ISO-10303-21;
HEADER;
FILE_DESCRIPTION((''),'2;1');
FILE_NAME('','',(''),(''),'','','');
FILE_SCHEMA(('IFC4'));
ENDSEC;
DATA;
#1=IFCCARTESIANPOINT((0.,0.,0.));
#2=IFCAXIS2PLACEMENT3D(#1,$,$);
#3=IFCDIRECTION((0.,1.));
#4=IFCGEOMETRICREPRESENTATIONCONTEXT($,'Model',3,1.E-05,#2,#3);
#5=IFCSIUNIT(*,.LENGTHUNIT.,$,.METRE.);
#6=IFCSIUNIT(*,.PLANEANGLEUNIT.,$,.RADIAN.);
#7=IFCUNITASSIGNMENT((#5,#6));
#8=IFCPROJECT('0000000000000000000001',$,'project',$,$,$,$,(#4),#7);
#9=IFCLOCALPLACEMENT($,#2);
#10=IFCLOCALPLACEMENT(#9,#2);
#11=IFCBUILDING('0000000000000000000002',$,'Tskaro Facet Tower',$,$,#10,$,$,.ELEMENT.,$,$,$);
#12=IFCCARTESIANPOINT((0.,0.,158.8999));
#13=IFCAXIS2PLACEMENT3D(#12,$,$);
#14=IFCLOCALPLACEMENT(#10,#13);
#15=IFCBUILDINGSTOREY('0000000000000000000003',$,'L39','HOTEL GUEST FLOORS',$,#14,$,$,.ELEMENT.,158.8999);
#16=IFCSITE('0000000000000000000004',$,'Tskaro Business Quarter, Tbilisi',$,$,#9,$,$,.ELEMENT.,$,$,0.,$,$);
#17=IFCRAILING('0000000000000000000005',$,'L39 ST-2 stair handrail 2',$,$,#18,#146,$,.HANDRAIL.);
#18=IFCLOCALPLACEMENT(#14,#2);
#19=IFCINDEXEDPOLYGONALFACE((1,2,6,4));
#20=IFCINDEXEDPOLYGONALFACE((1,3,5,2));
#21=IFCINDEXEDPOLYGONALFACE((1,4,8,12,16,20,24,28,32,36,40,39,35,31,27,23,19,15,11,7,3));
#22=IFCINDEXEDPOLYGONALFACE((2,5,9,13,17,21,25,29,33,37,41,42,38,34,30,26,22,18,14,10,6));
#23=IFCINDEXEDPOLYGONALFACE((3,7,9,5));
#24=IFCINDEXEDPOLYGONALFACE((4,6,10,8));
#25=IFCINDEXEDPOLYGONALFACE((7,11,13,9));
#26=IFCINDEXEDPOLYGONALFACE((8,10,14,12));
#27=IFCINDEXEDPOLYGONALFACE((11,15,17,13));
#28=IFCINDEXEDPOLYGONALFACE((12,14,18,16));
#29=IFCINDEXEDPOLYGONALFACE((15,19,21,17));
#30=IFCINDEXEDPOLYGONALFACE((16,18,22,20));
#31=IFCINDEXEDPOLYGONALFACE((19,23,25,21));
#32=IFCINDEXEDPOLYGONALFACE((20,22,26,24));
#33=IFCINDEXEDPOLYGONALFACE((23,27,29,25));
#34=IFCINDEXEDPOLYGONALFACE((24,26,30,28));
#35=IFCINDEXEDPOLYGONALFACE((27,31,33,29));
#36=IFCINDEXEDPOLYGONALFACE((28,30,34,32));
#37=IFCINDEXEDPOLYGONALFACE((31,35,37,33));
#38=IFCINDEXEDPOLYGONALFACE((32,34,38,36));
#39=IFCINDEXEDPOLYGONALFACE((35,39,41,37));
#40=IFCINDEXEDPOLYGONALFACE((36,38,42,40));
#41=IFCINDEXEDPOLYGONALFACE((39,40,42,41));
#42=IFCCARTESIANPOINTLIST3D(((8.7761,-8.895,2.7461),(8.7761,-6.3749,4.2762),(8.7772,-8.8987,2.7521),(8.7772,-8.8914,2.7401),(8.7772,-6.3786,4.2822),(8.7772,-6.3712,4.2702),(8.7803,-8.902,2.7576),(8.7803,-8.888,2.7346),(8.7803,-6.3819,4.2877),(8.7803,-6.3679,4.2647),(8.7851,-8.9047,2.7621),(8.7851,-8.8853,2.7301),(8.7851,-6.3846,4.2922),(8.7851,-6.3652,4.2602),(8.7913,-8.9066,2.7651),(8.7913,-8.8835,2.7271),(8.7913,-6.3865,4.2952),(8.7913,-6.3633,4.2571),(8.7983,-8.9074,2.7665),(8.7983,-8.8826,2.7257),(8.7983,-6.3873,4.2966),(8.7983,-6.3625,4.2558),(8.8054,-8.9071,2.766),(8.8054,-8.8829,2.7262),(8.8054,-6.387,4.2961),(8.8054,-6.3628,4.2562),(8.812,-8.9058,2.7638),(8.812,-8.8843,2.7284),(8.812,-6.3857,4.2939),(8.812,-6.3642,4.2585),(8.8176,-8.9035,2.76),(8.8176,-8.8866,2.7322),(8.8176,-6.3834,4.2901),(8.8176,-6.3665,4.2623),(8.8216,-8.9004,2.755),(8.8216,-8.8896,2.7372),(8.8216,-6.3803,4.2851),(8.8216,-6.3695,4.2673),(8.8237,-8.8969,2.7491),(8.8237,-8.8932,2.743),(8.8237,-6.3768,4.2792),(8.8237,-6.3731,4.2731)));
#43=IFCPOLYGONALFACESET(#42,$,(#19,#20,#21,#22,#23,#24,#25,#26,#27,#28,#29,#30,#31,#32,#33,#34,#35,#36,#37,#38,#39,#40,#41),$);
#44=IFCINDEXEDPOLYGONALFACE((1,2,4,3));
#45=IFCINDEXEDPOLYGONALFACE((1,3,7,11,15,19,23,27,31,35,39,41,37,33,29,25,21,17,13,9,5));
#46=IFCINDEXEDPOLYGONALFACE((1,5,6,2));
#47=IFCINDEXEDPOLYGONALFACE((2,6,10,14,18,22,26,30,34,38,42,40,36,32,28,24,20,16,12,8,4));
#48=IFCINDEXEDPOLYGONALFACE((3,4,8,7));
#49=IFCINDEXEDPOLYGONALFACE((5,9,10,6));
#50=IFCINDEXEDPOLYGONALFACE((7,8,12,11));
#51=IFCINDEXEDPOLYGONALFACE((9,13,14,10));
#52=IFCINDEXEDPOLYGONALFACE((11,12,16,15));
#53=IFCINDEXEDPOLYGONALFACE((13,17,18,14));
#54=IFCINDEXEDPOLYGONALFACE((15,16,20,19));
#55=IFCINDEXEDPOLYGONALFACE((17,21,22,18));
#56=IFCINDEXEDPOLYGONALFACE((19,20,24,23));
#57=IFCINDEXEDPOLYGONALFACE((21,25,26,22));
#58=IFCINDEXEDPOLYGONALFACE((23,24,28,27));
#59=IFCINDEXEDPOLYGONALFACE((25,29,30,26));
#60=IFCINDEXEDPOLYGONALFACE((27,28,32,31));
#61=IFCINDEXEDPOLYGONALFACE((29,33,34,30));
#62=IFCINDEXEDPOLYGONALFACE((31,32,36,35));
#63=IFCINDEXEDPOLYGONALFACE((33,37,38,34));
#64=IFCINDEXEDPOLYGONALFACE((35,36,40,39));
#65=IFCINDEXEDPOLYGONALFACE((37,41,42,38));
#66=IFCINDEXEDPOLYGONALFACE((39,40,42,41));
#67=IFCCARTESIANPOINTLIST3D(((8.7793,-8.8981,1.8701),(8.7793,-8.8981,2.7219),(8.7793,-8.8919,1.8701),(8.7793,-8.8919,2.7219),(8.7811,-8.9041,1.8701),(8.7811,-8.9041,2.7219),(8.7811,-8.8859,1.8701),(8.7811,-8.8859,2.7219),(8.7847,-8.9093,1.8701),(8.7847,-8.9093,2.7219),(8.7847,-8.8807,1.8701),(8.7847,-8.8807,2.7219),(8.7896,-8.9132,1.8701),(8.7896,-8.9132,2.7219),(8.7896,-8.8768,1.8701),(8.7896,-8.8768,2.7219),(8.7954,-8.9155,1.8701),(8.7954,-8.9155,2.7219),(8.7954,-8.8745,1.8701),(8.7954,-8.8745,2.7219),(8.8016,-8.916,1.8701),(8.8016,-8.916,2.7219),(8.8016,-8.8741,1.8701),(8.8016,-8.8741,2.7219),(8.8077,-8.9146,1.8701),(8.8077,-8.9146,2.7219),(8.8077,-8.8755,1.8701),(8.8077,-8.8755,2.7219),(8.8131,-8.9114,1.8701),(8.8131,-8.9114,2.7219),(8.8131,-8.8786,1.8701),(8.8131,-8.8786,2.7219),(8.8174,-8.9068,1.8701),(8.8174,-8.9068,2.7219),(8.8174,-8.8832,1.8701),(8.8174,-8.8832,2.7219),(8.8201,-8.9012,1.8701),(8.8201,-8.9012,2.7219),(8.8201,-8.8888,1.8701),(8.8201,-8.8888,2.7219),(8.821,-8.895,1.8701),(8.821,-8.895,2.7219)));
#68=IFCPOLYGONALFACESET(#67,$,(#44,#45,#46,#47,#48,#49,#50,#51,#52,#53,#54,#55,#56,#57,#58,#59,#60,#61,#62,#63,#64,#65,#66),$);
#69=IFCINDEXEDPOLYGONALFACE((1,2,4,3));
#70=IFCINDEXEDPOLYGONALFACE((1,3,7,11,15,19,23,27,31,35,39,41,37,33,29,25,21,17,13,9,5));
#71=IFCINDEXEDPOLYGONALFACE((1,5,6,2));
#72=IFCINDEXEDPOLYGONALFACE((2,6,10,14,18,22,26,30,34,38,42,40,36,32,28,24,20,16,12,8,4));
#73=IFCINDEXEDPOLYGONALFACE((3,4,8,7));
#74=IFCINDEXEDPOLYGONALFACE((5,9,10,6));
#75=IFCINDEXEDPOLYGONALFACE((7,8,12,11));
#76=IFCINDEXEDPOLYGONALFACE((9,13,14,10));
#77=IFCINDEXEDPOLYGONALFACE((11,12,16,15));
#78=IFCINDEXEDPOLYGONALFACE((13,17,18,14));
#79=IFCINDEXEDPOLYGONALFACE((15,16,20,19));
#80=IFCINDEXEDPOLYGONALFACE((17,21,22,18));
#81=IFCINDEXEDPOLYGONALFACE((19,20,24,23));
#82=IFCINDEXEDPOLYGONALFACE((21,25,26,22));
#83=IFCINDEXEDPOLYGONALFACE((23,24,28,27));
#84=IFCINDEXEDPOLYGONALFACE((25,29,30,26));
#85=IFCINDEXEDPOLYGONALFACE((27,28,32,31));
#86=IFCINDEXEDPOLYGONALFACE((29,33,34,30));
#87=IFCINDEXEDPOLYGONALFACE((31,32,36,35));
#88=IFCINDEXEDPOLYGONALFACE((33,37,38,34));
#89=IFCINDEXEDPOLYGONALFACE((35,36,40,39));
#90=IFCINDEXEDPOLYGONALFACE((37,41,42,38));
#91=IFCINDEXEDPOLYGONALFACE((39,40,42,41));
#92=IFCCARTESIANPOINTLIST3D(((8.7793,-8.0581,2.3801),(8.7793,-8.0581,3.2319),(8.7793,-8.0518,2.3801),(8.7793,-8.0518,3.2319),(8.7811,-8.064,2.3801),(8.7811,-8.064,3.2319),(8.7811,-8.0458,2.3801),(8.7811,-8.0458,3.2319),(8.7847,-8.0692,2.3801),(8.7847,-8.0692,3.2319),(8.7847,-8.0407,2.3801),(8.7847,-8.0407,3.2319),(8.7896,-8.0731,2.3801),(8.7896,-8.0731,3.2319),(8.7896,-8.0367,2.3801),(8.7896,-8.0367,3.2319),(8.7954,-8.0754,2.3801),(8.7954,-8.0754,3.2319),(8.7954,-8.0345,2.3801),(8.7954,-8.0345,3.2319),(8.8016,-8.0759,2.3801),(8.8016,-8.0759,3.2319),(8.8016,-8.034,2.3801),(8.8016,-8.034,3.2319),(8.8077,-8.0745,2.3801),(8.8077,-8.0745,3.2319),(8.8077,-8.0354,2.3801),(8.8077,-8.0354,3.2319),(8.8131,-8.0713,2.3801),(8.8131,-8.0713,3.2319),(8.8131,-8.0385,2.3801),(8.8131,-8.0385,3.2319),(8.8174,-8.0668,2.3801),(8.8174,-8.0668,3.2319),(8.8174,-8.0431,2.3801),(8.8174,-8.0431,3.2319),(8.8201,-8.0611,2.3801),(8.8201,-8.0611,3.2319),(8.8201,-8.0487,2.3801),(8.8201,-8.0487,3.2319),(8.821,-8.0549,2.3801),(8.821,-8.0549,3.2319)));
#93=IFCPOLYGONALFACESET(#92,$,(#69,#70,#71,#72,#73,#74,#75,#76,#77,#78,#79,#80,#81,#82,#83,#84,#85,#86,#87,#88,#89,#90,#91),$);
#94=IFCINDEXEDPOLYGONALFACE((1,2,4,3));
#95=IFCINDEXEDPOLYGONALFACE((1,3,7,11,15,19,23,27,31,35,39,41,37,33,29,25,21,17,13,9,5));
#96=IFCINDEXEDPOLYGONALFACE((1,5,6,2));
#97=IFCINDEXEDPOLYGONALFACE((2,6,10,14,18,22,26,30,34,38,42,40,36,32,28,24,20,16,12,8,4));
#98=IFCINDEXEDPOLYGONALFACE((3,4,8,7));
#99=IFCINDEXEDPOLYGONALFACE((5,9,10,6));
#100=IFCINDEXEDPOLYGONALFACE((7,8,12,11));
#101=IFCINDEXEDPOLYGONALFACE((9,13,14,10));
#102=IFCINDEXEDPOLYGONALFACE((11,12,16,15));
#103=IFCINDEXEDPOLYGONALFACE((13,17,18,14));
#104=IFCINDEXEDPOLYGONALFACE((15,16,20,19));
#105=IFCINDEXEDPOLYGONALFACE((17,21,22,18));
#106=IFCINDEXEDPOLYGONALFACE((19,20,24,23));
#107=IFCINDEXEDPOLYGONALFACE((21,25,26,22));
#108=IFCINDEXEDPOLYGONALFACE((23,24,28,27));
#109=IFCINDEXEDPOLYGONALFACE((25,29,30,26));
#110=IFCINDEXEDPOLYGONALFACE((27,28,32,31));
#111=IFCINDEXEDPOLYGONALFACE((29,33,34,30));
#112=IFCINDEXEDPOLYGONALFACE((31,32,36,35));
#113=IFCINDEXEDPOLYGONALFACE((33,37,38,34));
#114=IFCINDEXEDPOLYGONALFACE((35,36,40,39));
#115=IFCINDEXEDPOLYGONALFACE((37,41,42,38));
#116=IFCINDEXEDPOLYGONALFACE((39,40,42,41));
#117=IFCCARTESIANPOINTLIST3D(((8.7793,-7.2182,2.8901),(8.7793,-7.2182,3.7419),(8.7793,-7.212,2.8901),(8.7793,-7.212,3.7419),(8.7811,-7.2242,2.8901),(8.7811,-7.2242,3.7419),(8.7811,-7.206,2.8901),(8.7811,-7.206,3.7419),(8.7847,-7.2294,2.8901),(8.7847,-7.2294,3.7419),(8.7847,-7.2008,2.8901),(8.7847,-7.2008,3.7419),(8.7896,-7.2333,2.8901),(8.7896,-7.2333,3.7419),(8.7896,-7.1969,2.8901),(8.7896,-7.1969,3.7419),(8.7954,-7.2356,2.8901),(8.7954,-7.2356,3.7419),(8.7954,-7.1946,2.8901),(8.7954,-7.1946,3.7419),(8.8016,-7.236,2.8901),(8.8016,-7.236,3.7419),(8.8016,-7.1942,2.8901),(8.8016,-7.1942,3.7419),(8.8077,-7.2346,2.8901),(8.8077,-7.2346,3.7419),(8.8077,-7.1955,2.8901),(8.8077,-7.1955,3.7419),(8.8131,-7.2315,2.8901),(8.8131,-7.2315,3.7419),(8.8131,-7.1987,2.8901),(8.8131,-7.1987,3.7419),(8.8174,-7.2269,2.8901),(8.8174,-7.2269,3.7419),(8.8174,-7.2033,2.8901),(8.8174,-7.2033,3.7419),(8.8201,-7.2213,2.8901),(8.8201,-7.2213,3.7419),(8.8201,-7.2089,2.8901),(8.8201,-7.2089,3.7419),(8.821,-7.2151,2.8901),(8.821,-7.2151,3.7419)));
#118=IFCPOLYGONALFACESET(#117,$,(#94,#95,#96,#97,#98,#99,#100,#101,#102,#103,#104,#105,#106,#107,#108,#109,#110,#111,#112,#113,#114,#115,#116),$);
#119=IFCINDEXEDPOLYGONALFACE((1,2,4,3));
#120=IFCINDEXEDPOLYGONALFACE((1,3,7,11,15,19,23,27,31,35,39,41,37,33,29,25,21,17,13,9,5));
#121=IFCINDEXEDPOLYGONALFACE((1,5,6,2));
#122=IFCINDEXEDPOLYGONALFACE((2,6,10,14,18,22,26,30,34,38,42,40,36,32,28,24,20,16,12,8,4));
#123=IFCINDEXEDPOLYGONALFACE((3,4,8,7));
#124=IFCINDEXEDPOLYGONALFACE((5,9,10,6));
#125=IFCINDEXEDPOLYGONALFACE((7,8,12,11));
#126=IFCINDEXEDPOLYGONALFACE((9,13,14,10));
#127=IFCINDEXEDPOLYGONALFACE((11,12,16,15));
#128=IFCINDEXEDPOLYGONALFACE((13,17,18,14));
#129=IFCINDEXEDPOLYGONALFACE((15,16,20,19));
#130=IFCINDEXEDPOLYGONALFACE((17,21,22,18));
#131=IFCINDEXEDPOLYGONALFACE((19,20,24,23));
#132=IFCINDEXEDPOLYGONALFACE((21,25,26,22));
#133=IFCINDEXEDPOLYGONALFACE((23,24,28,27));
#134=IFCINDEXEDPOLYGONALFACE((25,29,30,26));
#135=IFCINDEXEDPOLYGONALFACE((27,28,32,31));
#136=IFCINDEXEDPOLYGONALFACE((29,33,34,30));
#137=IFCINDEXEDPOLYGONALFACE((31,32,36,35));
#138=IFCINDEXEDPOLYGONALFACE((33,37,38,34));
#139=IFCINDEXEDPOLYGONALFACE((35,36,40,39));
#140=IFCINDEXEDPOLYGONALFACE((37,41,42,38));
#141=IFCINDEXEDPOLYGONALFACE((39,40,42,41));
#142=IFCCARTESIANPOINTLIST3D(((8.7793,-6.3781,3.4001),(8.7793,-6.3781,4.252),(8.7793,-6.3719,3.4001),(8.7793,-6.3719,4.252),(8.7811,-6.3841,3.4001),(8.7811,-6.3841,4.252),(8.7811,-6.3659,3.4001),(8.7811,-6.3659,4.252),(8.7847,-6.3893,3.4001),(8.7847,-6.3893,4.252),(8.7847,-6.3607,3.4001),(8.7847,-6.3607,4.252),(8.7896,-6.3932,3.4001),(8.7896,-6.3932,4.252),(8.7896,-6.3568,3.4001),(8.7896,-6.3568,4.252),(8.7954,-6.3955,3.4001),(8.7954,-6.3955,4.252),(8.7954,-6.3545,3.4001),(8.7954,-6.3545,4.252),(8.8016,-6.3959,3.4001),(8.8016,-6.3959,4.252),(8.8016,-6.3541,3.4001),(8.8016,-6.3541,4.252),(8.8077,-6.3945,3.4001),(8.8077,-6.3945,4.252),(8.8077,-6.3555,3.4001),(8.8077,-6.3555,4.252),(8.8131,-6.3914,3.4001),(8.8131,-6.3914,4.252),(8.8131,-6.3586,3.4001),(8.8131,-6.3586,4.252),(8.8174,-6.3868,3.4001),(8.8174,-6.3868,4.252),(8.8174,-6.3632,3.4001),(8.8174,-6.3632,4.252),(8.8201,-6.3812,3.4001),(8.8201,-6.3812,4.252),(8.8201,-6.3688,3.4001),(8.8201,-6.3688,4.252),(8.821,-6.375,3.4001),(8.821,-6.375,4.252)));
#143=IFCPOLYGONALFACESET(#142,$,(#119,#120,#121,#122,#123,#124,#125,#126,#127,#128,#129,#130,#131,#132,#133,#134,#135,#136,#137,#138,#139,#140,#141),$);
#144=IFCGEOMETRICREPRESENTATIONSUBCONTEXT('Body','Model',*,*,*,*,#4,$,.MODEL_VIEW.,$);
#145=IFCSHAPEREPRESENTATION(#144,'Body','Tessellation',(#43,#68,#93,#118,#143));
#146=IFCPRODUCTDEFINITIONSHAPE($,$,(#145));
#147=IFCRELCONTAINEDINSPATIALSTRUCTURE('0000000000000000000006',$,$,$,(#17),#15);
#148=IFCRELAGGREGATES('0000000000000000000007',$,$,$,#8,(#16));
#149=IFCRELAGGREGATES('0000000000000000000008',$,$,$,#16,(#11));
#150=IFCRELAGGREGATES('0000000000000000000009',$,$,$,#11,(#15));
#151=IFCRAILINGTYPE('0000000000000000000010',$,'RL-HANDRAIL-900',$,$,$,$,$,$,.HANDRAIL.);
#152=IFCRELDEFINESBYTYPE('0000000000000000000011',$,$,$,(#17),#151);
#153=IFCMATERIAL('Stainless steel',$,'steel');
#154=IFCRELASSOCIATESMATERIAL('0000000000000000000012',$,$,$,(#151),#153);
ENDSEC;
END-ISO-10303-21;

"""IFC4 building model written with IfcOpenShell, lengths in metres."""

from ifc_helpers import new_model, si_unit, direction, frame, origin, origin_2d, place, context, subcontext, project, spatial, circle, extrude, material, type_object, element, save


model = new_model("IFC4")

# Units and contexts
model_context = context("Model", 3, precision=1e-05, world=origin(), true_north=direction((0.0, 1.0)))
body_context = subcontext(model_context, "Body", "Model", "MODEL_VIEW")
ifc_project = project(units=[si_unit("LENGTHUNIT", "METRE"), si_unit("PLANEANGLEUNIT", "RADIAN")], contexts=[model_context])

# Site, building, storey
site_placement = place(None, origin())
site = spatial("IfcSite", under=ifc_project, at=site_placement, Name="Tskaro Business Quarter, Tbilisi", CompositionType="ELEMENT", RefElevation=0.0)
building_placement = place(site_placement, origin())
building = spatial("IfcBuilding", under=site, at=building_placement, Name="Tskaro Facet Tower", CompositionType="ELEMENT")
storey_placement = place(building_placement, frame((0.0, 0.0, 158.8999)))
storey = spatial("IfcBuildingStorey", under=building, at=storey_placement, Name="L39", Description="HOTEL GUEST FLOORS", CompositionType="ELEMENT", Elevation=158.8999)

# Railing
ifc_material_1 = material(Name="Stainless steel", Category="steel")
railing_type_1 = type_object("IfcRailingType", Name="RL-HANDRAIL-900", PredefinedType="HANDRAIL", material=ifc_material_1)
railing_1_placement = place(storey_placement, frame((8.8, -8.895, 1.8701)))
element("IfcRailing", 1, at=railing_1_placement, inside=storey, type_object=railing_type_1, Name="L39 ST-2 stair handrail 2", PredefinedType="HANDRAIL", context=body_context, shape_type="SweptSolid", body=[
    extrude(circle(Radius=0.0239, at=origin_2d()), frame((0.0, 0.0, 0.876), z_axis=(0.0, 0.854785, 0.518982), x_axis=(-1.0, 0.0, 0.0)), (0.0, 0.0, 1.0), 2.9482),
    extrude(circle(Radius=0.021, at=origin_2d()), origin(), (0.0, 0.0, 1.0), 0.8518),
    extrude(circle(Radius=0.021, at=origin_2d()), frame((0.0, 0.8401, 0.51)), (0.0, 0.0, 1.0), 0.8518),
    extrude(circle(Radius=0.021, at=origin_2d()), frame((0.0, 1.6799, 1.02)), (0.0, 0.0, 1.0), 0.8518),
    extrude(circle(Radius=0.021, at=origin_2d()), frame((0.0, 2.52, 1.53)), (0.0, 0.0, 1.0), 0.8518),
])

save(model, "model.ifc")
